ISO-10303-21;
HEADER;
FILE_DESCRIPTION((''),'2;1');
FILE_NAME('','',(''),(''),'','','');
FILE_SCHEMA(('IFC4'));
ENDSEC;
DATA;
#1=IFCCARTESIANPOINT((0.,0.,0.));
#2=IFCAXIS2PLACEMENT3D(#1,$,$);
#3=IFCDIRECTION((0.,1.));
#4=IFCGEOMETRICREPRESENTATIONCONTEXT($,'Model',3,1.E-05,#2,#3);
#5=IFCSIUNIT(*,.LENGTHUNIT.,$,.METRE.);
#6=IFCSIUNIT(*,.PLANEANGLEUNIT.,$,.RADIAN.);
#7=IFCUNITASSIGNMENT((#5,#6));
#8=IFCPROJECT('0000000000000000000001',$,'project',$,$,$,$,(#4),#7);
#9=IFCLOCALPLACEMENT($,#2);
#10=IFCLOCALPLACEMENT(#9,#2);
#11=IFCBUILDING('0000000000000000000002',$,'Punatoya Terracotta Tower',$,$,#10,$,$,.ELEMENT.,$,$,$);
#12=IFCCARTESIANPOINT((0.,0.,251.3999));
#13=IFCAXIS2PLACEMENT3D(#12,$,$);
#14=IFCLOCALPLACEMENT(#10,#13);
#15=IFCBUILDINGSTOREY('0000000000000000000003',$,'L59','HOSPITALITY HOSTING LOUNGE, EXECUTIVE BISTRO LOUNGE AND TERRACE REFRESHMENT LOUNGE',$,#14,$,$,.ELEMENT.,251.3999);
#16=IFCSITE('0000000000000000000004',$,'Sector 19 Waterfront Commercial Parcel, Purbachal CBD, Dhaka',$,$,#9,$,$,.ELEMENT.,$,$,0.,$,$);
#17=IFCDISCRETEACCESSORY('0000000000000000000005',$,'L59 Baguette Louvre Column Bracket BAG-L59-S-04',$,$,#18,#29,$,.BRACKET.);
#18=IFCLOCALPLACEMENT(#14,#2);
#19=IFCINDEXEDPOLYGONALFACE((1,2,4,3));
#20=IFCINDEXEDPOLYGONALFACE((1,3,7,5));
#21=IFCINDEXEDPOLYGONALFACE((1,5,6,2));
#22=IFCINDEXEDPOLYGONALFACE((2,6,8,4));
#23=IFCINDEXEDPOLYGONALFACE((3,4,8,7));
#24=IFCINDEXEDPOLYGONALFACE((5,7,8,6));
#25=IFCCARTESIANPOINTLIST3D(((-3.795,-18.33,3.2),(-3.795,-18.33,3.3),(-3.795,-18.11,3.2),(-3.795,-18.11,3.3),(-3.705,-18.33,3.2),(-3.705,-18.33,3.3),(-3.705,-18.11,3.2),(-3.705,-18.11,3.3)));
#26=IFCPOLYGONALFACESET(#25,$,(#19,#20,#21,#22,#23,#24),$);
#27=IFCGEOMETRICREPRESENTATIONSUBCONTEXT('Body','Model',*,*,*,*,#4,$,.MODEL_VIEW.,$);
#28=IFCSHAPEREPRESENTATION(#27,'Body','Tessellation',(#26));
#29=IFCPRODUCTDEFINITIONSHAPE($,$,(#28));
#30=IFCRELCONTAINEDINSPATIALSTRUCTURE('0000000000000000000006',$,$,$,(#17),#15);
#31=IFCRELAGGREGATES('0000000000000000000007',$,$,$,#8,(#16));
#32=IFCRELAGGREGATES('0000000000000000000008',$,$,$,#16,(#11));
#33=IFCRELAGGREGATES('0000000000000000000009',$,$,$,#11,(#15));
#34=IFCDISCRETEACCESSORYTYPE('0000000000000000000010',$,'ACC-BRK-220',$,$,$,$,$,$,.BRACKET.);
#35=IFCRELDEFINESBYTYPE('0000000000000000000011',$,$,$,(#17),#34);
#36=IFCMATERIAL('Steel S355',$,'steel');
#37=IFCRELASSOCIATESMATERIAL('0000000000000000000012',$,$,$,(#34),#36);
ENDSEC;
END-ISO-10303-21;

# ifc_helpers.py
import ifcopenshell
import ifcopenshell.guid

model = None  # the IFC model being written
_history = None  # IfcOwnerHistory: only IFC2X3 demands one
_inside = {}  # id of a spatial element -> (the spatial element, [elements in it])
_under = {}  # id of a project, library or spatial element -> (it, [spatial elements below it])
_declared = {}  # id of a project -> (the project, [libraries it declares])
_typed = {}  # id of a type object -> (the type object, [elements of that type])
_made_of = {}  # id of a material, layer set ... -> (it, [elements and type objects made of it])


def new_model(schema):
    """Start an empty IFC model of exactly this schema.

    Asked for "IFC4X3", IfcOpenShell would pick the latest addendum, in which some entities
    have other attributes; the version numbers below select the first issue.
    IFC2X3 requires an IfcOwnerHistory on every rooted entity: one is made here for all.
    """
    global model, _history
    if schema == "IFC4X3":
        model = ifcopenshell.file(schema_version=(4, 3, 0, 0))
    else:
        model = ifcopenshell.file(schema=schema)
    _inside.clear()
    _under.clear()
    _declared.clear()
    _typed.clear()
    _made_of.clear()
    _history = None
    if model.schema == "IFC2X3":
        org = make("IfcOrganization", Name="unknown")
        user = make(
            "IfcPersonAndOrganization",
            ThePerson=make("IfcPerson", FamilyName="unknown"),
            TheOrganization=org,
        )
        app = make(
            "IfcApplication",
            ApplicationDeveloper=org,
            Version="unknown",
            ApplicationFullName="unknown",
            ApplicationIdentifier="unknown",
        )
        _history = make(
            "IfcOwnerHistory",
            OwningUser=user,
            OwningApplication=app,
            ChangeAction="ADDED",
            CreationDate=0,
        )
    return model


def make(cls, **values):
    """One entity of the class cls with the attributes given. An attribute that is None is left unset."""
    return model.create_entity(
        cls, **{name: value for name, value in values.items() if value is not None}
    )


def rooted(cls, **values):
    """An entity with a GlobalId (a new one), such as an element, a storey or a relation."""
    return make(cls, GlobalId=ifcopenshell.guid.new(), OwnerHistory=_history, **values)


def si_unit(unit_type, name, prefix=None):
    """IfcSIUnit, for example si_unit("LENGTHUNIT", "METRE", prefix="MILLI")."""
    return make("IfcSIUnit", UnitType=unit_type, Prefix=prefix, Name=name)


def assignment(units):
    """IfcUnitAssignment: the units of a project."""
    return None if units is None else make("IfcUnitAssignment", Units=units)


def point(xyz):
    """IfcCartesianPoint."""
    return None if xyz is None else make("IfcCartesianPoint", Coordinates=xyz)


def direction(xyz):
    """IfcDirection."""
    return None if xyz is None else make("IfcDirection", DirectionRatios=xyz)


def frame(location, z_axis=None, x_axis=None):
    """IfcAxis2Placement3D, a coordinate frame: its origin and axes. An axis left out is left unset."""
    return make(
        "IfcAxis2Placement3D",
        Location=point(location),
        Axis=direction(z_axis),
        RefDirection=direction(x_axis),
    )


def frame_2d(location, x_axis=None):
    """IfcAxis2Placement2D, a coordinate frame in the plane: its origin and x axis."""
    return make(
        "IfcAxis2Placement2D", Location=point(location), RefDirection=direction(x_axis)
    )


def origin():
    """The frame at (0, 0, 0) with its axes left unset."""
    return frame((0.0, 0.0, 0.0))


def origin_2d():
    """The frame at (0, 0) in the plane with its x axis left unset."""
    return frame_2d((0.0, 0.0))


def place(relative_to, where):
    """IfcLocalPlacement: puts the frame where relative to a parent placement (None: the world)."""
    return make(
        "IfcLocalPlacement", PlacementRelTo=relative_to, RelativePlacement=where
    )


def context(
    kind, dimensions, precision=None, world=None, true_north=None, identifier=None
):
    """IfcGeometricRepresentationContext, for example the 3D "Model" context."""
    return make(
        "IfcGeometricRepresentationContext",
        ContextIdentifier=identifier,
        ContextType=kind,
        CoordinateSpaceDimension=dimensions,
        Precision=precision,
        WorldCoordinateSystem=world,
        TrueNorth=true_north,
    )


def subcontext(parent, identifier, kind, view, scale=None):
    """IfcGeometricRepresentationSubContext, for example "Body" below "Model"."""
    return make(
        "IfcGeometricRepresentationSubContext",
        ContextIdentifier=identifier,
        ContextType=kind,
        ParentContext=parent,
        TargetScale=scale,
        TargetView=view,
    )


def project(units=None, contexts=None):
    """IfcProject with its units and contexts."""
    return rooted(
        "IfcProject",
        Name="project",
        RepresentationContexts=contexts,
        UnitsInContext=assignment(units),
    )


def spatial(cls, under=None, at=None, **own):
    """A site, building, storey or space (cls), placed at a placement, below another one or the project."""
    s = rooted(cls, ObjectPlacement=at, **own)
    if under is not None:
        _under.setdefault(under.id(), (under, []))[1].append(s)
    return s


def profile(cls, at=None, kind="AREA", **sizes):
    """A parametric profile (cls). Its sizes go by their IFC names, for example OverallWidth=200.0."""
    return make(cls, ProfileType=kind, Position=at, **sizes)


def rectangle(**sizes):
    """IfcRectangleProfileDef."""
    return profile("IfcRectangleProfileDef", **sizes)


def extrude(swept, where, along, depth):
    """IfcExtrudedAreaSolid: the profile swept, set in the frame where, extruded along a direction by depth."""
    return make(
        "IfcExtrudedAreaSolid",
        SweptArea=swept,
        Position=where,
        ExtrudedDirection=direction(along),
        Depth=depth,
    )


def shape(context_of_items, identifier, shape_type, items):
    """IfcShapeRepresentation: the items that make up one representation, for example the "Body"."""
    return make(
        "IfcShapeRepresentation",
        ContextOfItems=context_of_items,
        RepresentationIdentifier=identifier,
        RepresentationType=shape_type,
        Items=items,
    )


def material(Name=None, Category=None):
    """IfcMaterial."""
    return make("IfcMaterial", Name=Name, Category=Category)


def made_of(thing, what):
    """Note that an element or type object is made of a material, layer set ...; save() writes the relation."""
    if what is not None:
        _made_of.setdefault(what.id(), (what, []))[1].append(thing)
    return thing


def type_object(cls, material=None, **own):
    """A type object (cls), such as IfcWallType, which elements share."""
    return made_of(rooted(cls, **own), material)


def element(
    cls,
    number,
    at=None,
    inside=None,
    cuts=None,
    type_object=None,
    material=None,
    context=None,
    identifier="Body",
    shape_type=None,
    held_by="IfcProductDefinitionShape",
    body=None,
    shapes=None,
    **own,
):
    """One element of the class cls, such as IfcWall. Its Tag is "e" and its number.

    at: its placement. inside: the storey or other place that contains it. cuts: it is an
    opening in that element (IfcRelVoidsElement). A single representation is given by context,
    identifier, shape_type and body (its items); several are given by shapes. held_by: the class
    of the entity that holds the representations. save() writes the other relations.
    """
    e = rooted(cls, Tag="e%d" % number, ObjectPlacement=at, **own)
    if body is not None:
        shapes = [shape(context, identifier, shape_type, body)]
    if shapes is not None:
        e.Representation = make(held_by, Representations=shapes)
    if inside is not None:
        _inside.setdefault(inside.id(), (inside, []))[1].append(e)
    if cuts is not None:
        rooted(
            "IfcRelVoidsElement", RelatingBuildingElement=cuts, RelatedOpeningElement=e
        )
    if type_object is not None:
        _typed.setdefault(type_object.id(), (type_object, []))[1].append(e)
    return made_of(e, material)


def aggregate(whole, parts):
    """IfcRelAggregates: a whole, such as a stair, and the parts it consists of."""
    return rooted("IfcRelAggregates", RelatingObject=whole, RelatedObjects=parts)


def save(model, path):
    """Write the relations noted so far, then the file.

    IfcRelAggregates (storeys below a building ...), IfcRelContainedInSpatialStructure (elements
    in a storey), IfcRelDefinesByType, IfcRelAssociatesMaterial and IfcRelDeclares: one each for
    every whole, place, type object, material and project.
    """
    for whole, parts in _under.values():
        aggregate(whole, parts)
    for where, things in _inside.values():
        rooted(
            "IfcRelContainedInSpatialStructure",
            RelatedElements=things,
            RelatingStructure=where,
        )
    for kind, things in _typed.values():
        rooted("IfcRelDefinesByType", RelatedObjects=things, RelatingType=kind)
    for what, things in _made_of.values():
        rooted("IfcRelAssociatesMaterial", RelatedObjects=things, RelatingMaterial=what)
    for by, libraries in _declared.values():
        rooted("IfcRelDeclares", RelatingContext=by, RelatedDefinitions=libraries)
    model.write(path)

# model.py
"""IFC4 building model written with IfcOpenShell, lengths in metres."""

from ifc_helpers import new_model, si_unit, direction, frame, origin, origin_2d, place, context, subcontext, project, spatial, rectangle, extrude, material, type_object, element, save


model = new_model("IFC4")

# Units and contexts
model_context = context("Model", 3, precision=1e-05, world=origin(), true_north=direction((0.0, 1.0)))
body_context = subcontext(model_context, "Body", "Model", "MODEL_VIEW")
ifc_project = project(units=[si_unit("LENGTHUNIT", "METRE"), si_unit("PLANEANGLEUNIT", "RADIAN")], contexts=[model_context])

# Site, building, storey
site_placement = place(None, origin())
site = spatial("IfcSite", under=ifc_project, at=site_placement, Name="Sector 19 Waterfront Commercial Parcel, Purbachal CBD, Dhaka", CompositionType="ELEMENT", RefElevation=0.0)
building_placement = place(site_placement, origin())
building = spatial("IfcBuilding", under=site, at=building_placement, Name="Punatoya Terracotta Tower", CompositionType="ELEMENT")
storey_placement = place(building_placement, frame((0.0, 0.0, 251.3999)))
storey = spatial("IfcBuildingStorey", under=building, at=storey_placement, Name="L59", Description="HOSPITALITY HOSTING LOUNGE, EXECUTIVE BISTRO LOUNGE AND TERRACE REFRESHMENT LOUNGE", CompositionType="ELEMENT", Elevation=251.3999)

# Shared definitions
ifc_material_1 = material(Name="Steel S355", Category="steel")

# Discrete accessory
discrete_accessory_type = type_object("IfcDiscreteAccessoryType", Name="ACC-BRK-220", PredefinedType="BRACKET", material=ifc_material_1)
for number, where, z_axis, x_axis, name in (
    (1, (-3.75, -18.22, 3.2), (0.0, 0.0, 1.0), (1.0, 0.0, 0.0), "L59 Baguette Louvre Column Bracket BAG-L59-S-04"),
):
    element("IfcDiscreteAccessory", number, at=place(storey_placement, frame(where, z_axis=z_axis, x_axis=x_axis)), inside=storey, type_object=discrete_accessory_type, Name=name, PredefinedType="BRACKET", context=body_context, shape_type="SweptSolid", body=[
        extrude(rectangle(XDim=0.0901, YDim=0.22, at=origin_2d()), origin(), (0.0, 0.0, 1.0), 0.1001),
    ])

save(model, "model.ifc")
